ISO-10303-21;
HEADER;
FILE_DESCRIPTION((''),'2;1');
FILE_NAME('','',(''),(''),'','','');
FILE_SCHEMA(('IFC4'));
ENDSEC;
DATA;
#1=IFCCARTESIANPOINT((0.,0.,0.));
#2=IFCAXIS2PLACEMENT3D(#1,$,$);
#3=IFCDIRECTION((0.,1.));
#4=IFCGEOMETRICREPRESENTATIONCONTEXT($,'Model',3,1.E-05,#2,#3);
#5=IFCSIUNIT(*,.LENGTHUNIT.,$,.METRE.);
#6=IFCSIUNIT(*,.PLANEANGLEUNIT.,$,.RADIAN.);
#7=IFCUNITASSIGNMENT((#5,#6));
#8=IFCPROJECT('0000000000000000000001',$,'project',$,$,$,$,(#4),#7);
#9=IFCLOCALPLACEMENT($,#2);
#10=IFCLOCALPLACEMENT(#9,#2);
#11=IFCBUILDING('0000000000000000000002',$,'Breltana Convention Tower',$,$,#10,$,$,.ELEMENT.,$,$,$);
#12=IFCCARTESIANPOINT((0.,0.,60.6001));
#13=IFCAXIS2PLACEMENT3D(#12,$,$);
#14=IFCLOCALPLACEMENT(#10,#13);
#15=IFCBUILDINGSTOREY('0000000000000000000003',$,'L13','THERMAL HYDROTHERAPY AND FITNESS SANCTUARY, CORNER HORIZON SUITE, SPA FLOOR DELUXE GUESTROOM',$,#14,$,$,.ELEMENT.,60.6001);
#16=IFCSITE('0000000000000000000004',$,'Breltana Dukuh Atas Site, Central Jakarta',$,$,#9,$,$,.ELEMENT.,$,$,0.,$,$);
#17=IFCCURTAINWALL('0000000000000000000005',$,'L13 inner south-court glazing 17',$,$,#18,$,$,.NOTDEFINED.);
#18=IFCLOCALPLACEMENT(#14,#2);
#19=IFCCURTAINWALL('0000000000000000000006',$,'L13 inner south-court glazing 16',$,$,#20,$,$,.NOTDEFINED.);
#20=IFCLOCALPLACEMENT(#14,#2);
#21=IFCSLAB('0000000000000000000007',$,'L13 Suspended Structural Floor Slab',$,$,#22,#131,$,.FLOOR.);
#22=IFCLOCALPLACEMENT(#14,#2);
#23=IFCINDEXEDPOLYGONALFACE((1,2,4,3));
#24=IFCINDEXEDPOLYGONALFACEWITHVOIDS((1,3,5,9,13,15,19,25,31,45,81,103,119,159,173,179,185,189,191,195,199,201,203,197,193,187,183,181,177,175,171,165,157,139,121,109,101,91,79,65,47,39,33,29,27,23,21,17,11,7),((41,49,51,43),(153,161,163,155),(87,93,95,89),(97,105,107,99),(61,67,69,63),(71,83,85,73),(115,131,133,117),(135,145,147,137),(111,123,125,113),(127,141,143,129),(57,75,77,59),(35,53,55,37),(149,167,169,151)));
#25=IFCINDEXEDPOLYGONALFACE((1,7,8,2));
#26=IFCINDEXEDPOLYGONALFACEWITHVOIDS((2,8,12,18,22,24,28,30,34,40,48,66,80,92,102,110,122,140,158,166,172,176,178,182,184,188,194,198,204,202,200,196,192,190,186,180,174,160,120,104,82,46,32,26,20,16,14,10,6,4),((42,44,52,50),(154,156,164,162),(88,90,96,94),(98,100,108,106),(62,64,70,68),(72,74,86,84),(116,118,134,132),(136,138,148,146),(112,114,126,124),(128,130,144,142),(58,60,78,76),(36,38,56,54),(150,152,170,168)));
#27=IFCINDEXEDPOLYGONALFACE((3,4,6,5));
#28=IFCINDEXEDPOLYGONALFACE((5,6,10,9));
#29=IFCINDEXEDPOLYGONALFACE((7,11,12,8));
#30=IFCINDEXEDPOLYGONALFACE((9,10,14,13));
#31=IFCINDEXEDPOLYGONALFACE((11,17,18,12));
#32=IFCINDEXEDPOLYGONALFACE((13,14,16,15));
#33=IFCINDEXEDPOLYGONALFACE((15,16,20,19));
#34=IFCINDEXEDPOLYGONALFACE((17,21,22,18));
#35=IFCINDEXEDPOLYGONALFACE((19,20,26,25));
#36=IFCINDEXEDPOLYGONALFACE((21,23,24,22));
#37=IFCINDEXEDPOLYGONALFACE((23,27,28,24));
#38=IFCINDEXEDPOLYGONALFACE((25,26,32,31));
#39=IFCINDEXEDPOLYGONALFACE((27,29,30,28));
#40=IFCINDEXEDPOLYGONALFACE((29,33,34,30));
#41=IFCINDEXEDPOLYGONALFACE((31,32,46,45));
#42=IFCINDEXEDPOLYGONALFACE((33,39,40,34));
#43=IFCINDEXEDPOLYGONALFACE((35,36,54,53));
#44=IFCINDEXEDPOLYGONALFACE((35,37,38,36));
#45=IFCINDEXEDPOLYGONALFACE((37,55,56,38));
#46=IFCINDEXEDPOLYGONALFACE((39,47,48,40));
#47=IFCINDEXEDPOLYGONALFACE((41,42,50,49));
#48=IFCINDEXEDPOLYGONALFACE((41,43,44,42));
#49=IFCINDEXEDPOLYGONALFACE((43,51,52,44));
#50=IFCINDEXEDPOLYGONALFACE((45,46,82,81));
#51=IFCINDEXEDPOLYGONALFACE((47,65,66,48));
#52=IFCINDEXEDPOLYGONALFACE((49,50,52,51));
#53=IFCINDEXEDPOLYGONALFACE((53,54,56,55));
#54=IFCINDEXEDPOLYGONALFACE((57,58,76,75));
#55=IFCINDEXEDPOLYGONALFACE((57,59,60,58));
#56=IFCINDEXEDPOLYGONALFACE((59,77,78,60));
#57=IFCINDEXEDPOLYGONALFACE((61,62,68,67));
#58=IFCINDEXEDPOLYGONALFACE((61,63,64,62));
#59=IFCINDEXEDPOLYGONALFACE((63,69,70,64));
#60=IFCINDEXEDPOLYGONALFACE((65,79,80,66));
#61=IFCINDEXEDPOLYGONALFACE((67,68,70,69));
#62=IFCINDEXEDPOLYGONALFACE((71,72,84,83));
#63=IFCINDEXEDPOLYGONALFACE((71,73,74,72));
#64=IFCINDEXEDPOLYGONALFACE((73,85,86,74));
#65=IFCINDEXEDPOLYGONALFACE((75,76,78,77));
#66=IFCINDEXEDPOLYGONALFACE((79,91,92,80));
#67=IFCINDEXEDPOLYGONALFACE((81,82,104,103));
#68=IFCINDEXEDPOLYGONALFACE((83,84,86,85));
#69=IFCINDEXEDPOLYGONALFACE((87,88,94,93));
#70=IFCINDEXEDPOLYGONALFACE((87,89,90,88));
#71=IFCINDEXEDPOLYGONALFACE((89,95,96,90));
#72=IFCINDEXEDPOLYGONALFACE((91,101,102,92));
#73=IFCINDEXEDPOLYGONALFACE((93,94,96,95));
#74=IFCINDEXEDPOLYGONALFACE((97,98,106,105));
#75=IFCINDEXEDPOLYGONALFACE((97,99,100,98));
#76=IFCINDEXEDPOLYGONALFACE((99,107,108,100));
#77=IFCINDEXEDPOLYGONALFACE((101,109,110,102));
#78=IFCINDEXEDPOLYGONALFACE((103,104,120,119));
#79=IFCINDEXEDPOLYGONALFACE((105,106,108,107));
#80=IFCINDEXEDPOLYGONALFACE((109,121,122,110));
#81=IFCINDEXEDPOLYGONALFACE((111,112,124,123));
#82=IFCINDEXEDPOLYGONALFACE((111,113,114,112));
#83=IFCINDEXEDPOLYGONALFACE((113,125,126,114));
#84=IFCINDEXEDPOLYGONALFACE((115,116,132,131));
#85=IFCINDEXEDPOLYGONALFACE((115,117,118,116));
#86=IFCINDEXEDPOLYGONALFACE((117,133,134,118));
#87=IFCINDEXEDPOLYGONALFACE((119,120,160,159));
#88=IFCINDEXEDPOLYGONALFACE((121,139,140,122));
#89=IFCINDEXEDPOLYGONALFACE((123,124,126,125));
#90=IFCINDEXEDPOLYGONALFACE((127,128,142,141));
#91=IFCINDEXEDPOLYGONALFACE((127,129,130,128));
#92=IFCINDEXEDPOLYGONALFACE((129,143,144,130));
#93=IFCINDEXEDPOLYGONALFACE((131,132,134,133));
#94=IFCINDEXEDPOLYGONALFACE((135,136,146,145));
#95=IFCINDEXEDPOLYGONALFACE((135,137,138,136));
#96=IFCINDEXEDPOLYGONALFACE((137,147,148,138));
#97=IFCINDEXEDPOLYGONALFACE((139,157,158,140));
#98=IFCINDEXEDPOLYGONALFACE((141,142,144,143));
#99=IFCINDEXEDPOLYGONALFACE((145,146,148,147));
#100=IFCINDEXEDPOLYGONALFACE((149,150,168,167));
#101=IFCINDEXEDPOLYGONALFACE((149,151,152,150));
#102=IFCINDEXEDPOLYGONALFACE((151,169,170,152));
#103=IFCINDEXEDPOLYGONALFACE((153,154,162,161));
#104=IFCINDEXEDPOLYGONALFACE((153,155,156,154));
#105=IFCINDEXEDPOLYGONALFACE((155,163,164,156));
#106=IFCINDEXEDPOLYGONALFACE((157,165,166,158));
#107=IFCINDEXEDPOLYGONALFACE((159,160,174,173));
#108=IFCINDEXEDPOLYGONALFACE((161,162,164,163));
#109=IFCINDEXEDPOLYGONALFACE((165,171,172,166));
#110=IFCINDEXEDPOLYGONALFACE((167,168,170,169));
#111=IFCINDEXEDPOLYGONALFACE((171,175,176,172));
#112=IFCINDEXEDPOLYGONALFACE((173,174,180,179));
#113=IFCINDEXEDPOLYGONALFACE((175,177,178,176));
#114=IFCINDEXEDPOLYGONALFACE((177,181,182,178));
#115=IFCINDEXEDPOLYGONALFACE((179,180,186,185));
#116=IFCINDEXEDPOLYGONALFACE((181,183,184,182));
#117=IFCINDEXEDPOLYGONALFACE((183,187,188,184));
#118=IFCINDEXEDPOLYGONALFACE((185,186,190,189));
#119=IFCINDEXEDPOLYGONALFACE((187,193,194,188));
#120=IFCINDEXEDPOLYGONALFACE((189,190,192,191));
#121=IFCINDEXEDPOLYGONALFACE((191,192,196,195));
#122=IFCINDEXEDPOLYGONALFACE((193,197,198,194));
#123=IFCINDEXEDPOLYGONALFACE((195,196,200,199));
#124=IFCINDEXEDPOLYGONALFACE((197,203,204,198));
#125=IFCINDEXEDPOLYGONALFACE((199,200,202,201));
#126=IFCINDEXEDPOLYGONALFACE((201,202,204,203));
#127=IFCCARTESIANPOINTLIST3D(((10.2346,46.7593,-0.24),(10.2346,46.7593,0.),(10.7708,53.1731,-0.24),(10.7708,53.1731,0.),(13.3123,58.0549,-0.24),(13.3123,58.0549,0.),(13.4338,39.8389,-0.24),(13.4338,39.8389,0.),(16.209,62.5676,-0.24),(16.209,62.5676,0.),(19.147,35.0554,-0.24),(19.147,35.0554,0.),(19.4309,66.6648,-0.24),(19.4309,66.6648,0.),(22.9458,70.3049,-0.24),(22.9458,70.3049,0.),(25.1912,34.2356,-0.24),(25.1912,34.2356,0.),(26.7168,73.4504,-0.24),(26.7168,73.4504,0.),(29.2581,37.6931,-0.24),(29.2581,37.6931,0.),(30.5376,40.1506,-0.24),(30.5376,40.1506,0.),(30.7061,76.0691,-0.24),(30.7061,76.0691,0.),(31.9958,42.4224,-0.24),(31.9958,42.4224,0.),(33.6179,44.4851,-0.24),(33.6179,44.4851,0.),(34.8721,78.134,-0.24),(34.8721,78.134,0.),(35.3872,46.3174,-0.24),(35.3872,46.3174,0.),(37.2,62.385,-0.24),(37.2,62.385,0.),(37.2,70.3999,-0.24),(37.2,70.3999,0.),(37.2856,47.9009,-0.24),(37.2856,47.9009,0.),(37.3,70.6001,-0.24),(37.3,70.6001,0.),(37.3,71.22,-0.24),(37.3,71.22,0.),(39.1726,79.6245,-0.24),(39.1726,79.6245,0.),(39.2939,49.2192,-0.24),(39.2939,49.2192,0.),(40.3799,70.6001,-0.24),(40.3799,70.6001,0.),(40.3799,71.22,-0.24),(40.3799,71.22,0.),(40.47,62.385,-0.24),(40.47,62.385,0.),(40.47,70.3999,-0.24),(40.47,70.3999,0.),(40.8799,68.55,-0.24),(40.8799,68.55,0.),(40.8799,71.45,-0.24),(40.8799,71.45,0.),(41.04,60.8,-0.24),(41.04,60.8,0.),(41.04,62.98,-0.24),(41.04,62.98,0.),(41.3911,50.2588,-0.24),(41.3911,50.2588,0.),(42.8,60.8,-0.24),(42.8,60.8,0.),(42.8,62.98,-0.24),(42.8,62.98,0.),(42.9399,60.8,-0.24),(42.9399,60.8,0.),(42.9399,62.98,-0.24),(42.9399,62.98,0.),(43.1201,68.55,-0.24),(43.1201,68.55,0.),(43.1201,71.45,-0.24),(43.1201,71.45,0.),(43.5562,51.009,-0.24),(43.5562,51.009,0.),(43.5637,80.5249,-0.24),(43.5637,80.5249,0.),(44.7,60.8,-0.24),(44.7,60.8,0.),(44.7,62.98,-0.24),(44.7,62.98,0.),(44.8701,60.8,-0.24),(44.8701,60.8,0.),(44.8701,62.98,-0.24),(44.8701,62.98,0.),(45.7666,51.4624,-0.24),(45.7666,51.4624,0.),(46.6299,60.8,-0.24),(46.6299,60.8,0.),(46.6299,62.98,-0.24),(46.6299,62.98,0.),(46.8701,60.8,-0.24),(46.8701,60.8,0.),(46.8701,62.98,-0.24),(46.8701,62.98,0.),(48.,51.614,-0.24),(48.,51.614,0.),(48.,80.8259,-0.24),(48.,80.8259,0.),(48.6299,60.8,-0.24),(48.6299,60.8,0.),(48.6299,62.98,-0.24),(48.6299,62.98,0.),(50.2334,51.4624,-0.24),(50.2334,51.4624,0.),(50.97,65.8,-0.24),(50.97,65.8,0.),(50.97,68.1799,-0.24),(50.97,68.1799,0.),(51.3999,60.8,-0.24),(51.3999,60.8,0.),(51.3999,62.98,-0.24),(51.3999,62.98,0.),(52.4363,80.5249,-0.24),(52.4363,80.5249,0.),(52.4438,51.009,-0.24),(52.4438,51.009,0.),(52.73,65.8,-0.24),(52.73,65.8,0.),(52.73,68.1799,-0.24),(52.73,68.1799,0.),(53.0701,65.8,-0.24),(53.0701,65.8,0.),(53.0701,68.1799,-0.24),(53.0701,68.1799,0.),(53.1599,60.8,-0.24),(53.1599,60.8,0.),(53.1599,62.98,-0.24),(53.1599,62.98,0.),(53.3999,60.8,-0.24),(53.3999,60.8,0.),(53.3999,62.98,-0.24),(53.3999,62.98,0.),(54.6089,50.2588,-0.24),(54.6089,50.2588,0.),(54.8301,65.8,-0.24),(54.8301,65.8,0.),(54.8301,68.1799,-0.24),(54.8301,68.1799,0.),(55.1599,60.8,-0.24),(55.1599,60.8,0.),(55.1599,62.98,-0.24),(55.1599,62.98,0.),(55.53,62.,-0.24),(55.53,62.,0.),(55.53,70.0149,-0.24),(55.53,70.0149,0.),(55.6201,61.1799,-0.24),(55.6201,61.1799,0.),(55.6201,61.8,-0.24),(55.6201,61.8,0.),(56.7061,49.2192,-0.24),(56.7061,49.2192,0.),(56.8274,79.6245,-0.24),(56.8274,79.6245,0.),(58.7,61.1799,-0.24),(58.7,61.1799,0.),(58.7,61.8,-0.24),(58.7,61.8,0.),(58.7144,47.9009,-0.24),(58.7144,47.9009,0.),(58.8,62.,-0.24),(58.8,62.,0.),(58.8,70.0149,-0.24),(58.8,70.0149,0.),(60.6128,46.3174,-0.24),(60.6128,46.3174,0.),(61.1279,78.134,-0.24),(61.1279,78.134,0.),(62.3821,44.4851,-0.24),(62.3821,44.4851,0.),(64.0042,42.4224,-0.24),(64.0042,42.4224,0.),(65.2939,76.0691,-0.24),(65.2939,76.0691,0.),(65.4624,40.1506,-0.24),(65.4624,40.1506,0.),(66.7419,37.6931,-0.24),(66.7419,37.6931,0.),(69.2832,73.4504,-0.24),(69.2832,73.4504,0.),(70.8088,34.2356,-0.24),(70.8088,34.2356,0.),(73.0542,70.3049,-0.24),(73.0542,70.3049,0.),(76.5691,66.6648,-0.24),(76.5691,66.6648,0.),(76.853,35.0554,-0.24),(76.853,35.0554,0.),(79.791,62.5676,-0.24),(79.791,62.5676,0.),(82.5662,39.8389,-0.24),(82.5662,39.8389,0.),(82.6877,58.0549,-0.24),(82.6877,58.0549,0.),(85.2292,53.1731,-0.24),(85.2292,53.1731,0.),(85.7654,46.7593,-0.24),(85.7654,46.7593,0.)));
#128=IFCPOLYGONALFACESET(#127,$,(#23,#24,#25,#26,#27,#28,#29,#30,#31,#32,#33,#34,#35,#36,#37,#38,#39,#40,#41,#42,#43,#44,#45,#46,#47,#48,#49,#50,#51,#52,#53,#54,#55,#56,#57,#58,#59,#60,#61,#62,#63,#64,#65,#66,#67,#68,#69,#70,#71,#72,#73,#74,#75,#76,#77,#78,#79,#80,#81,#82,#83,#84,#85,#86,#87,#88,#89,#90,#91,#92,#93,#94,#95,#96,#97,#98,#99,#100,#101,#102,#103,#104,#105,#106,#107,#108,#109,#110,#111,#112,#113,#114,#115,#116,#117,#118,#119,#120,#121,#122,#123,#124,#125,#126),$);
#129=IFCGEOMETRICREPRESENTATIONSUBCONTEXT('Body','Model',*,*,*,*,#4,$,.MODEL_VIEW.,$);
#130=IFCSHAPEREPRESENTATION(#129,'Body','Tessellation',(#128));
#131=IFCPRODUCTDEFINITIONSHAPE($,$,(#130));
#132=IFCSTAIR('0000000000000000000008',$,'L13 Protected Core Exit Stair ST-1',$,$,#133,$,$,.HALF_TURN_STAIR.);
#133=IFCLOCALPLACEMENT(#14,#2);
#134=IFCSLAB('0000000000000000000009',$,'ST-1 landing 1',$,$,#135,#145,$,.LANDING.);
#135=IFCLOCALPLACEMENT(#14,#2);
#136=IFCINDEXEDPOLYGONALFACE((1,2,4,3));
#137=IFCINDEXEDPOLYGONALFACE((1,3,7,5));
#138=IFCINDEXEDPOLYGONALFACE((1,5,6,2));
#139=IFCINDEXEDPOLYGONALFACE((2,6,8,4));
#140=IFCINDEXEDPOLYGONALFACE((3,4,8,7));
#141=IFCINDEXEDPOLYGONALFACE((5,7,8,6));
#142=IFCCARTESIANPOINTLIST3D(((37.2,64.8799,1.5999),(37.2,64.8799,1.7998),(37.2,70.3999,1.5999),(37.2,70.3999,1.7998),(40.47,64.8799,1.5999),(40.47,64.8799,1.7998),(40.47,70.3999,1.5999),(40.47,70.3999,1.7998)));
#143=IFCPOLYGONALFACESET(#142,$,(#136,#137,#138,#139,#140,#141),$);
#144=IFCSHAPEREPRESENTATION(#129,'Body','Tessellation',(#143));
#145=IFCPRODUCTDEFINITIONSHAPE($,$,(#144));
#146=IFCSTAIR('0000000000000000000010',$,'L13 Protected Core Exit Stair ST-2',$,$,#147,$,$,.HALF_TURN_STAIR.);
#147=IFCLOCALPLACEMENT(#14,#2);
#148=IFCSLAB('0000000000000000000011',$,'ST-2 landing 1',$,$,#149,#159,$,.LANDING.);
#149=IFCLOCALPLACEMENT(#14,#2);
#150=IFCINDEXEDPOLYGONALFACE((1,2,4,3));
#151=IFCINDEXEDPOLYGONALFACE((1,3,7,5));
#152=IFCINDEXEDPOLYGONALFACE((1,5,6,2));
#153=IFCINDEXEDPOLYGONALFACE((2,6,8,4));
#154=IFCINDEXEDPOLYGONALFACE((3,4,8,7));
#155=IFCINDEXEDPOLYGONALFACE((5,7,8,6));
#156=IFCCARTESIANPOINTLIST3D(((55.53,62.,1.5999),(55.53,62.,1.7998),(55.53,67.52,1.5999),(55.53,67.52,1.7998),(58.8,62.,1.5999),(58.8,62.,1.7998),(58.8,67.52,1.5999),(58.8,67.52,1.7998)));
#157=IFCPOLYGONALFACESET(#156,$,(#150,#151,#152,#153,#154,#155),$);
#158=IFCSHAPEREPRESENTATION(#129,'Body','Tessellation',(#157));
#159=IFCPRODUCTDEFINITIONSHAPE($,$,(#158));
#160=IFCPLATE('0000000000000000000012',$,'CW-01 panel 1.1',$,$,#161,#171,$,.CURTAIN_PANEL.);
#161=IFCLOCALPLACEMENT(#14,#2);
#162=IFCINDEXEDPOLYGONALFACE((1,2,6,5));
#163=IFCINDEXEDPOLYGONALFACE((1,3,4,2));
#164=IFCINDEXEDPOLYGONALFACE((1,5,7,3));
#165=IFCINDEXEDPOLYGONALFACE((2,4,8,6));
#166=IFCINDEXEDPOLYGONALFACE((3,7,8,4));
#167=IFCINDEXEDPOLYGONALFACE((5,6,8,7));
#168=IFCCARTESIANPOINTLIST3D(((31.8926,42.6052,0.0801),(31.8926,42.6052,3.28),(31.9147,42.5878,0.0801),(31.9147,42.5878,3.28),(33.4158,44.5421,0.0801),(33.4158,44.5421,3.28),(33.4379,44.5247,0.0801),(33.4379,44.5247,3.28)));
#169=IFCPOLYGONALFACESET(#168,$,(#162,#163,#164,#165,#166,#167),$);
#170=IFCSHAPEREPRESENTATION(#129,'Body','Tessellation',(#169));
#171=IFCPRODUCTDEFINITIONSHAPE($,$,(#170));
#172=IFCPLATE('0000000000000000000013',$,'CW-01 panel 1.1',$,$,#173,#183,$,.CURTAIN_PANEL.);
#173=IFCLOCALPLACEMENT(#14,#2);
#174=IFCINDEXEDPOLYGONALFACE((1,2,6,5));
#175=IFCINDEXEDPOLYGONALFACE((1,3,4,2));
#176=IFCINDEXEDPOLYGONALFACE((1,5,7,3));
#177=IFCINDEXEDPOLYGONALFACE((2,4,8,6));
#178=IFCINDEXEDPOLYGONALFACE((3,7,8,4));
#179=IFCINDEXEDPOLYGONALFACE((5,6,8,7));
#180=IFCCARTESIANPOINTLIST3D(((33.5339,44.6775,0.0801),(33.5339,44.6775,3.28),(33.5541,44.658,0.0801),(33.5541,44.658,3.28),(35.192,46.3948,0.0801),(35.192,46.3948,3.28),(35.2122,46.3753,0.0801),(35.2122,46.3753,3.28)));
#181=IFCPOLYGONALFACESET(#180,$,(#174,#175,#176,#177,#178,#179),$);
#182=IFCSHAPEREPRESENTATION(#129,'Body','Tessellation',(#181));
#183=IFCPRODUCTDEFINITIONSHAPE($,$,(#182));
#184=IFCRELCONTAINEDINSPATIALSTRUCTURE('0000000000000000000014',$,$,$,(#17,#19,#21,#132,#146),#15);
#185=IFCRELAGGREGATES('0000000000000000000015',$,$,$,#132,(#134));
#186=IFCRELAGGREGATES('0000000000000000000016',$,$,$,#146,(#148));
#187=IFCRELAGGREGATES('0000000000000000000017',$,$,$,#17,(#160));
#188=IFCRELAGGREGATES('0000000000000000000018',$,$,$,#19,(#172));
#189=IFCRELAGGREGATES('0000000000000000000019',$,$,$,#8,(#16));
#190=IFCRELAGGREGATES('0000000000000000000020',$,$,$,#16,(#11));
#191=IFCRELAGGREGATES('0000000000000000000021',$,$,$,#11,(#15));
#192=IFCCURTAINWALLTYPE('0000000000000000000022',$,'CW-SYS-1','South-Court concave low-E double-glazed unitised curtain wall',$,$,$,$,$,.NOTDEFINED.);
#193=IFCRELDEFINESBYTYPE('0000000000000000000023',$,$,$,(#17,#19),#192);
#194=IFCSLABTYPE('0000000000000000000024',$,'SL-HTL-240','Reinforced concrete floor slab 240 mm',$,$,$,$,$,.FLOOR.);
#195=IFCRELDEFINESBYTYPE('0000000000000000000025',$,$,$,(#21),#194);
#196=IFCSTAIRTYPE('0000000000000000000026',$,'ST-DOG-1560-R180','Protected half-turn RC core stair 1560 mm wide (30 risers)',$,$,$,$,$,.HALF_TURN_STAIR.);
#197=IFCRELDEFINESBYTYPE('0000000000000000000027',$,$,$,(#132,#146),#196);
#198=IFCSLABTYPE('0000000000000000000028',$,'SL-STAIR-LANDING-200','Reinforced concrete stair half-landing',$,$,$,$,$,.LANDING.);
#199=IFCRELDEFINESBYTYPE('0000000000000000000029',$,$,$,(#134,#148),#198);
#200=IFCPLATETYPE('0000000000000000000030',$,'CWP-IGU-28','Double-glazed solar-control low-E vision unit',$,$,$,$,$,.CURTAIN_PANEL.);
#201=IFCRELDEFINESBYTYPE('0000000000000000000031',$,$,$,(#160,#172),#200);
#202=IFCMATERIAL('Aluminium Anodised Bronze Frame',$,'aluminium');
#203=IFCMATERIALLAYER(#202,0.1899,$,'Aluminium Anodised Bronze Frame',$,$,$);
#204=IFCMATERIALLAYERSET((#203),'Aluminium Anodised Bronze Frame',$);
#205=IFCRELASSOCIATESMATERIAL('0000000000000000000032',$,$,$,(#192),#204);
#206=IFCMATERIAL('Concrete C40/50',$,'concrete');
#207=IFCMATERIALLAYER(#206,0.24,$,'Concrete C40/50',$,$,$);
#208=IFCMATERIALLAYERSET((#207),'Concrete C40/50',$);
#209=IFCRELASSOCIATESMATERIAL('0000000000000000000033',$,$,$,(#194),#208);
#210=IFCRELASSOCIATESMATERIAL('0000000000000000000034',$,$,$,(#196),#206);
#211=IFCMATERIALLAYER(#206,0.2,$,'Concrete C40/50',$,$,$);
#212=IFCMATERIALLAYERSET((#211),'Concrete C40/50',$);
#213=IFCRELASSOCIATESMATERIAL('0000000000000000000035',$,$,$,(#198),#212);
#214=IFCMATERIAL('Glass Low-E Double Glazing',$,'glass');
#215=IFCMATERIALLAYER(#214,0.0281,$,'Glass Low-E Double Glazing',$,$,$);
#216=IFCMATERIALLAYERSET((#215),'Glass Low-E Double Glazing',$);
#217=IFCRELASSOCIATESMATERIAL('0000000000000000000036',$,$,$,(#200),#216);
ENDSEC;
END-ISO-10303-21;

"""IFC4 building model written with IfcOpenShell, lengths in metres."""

from ifc_helpers import new_model, si_unit, direction, frame, origin, origin_2d, place, context, subcontext, project, spatial, polyline, rectangle, outline, extrude, source, transform, mapped, material, layer, layer_set, type_object, element, aggregate, save


model = new_model("IFC4")

# Units and contexts
model_context = context("Model", 3, precision=1e-05, world=origin(), true_north=direction((0.0, 1.0)))
body_context = subcontext(model_context, "Body", "Model", "MODEL_VIEW")
ifc_project = project(units=[si_unit("LENGTHUNIT", "METRE"), si_unit("PLANEANGLEUNIT", "RADIAN")], contexts=[model_context])

# Site, building, storey
site_placement = place(None, origin())
site = spatial("IfcSite", under=ifc_project, at=site_placement, Name="Breltana Dukuh Atas Site, Central Jakarta", CompositionType="ELEMENT", RefElevation=0.0)
building_placement = place(site_placement, origin())
building = spatial("IfcBuilding", under=site, at=building_placement, Name="Breltana Convention Tower", CompositionType="ELEMENT")
storey_placement = place(building_placement, frame((0.0, 0.0, 60.6001)))
storey = spatial("IfcBuildingStorey", under=building, at=storey_placement, Name="L13", Description="THERMAL HYDROTHERAPY AND FITNESS SANCTUARY, CORNER HORIZON SUITE, SPA FLOOR DELUXE GUESTROOM", CompositionType="ELEMENT", Elevation=60.6001)

# Curtain wall
ifc_material_1 = material(Name="Aluminium Anodised Bronze Frame", Category="aluminium")
ifc_layer_1 = layer(ifc_material_1, 0.1899, Name="Aluminium Anodised Bronze Frame")
ifc_layer_set_1 = layer_set([ifc_layer_1], Name="Aluminium Anodised Bronze Frame")
curtain_wall_type = type_object("IfcCurtainWallType", Name="CW-SYS-1", Description="South-Court concave low-E double-glazed unitised curtain wall", PredefinedType="NOTDEFINED", material=ifc_layer_set_1)
curtain_wall_1_placement = place(storey_placement, origin())
curtain_wall_1 = element("IfcCurtainWall", 1, at=curtain_wall_1_placement, inside=storey, type_object=curtain_wall_type, Name="L13 inner south-court glazing 17", PredefinedType="NOTDEFINED")

# Curtain wall
curtain_wall_2_placement = place(storey_placement, origin())
curtain_wall_2 = element("IfcCurtainWall", 2, at=curtain_wall_2_placement, inside=storey, type_object=curtain_wall_type, Name="L13 inner south-court glazing 16", PredefinedType="NOTDEFINED")

# Slab
ifc_material_2 = material(Name="Concrete C40/50", Category="concrete")
ifc_layer_2 = layer(ifc_material_2, 0.24, Name="Concrete C40/50")
ifc_layer_set_2 = layer_set([ifc_layer_2], Name="Concrete C40/50")
slab_type_1 = type_object("IfcSlabType", Name="SL-HTL-240", Description="Reinforced concrete floor slab 240 mm", PredefinedType="FLOOR", material=ifc_layer_set_2)
slab_1_placement = place(storey_placement, frame((0.0, 0.0, -0.24)))
element("IfcSlab", 3, at=slab_1_placement, inside=storey, type_object=slab_type_1, Name="L13 Suspended Structural Floor Slab", PredefinedType="FLOOR", context=body_context, shape_type="SweptSolid", body=[
    extrude(outline(polyline([(85.2292, 53.1731), (82.6877, 58.0549), (79.791, 62.5676), (76.5691, 66.6648), (73.0542, 70.3049), (69.2832, 73.4504), (65.2939, 76.0691), (61.1279, 78.134), (56.8274, 79.6245), (52.4363, 80.5249), (48.0, 80.8259), (43.5637, 80.5249), (39.1726, 79.6245), (34.8721, 78.134), (30.7061, 76.0691), (26.7168, 73.4504), (22.9458, 70.3049), (19.4309, 66.6648), (16.209, 62.5676), (13.3123, 58.0549), (10.7708, 53.1731), (10.2346, 46.7593), (13.4338, 39.8389), (19.147, 35.0554), (25.1912, 34.2356), (29.2581, 37.6931), (30.5376, 40.1506), (31.9958, 42.4224), (33.6179, 44.4851), (35.3872, 46.3174), (37.2856, 47.9009), (39.2939, 49.2192), (41.3911, 50.2588), (43.5562, 51.009), (45.7666, 51.4624), (48.0, 51.614), (50.2334, 51.4624), (52.4438, 51.009), (54.6089, 50.2588), (56.7061, 49.2192), (58.7144, 47.9009), (60.6128, 46.3174), (62.3821, 44.4851), (64.0042, 42.4224), (65.4624, 40.1506), (66.7419, 37.6931), (70.8088, 34.2356), (76.853, 35.0554), (82.5662, 39.8389), (85.7654, 46.7593), (85.2292, 53.1731)]), holes=[polyline([(37.2, 62.385), (40.47, 62.385), (40.47, 70.3999), (37.2, 70.3999), (37.2, 62.385)]), polyline([(55.53, 62.0), (58.8, 62.0), (58.8, 70.0149), (55.53, 70.0149), (55.53, 62.0)]), polyline([(41.04, 60.8), (42.8, 60.8), (42.8, 62.98), (41.04, 62.98), (41.04, 60.8)]), polyline([(42.9399, 60.8), (44.7, 60.8), (44.7, 62.98), (42.9399, 62.98), (42.9399, 60.8)]), polyline([(44.8701, 60.8), (46.6299, 60.8), (46.6299, 62.98), (44.8701, 62.98), (44.8701, 60.8)]), polyline([(46.8701, 60.8), (48.6299, 60.8), (48.6299, 62.98), (46.8701, 62.98), (46.8701, 60.8)]), polyline([(51.3999, 60.8), (53.1599, 60.8), (53.1599, 62.98), (51.3999, 62.98), (51.3999, 60.8)]), polyline([(53.3999, 60.8), (55.1599, 60.8), (55.1599, 62.98), (53.3999, 62.98), (53.3999, 60.8)]), polyline([(50.97, 65.8), (52.73, 65.8), (52.73, 68.1799), (50.97, 68.1799), (50.97, 65.8)]), polyline([(53.0701, 65.8), (54.8301, 65.8), (54.8301, 68.1799), (53.0701, 68.1799), (53.0701, 65.8)]), polyline([(40.8799, 68.55), (43.1201, 68.55), (43.1201, 71.45), (40.8799, 71.45), (40.8799, 68.55)]), polyline([(37.3, 70.6001), (40.3799, 70.6001), (40.3799, 71.22), (37.3, 71.22), (37.3, 70.6001)]), polyline([(55.6201, 61.1799), (58.7, 61.1799), (58.7, 61.8), (55.6201, 61.8), (55.6201, 61.1799)])]), origin(), (0.0, 0.0, 1.0), 0.24),
])

# Stairs, slabs
stair_type = type_object("IfcStairType", Name="ST-DOG-1560-R180", Description="Protected half-turn RC core stair 1560 mm wide (30 risers)", PredefinedType="HALF_TURN_STAIR", material=ifc_material_2)
stair_1_placement = place(storey_placement, origin())
stair_1 = element("IfcStair", 4, at=stair_1_placement, inside=storey, type_object=stair_type, Name="L13 Protected Core Exit Stair ST-1", PredefinedType="HALF_TURN_STAIR")
ifc_layer_3 = layer(ifc_material_2, 0.2, Name="Concrete C40/50")
ifc_layer_set_3 = layer_set([ifc_layer_3], Name="Concrete C40/50")
slab_type_2 = type_object("IfcSlabType", Name="SL-STAIR-LANDING-200", Description="Reinforced concrete stair half-landing", PredefinedType="LANDING", material=ifc_layer_set_3)
slab_2_placement = place(storey_placement, frame((0.0, 0.0, 1.5999)))
slab_2 = element("IfcSlab", 5, at=slab_2_placement, type_object=slab_type_2, Name="ST-1 landing 1", PredefinedType="LANDING", context=body_context, shape_type="SweptSolid", body=[
    extrude(outline(polyline([(40.47, 64.8799), (40.47, 70.3999), (37.2, 70.3999), (37.2, 64.8799), (40.47, 64.8799)])), origin(), (0.0, 0.0, 1.0), 0.2),
])
aggregate(stair_1, [slab_2])
stair_2_placement = place(storey_placement, origin())
stair_2 = element("IfcStair", 6, at=stair_2_placement, inside=storey, type_object=stair_type, Name="L13 Protected Core Exit Stair ST-2", PredefinedType="HALF_TURN_STAIR")
slab_3_placement = place(storey_placement, frame((0.0, 0.0, 1.5999)))
slab_3 = element("IfcSlab", 7, at=slab_3_placement, type_object=slab_type_2, Name="ST-2 landing 1", PredefinedType="LANDING", context=body_context, shape_type="SweptSolid", body=[
    extrude(outline(polyline([(55.53, 67.52), (55.53, 62.0), (58.8, 62.0), (58.8, 67.52), (55.53, 67.52)])), origin(), (0.0, 0.0, 1.0), 0.2),
])
aggregate(stair_2, [slab_3])

# Plates
ifc_material_3 = material(Name="Glass Low-E Double Glazing", Category="glass")
ifc_layer_4 = layer(ifc_material_3, 0.0281, Name="Glass Low-E Double Glazing")
ifc_layer_set_4 = layer_set([ifc_layer_4], Name="Glass Low-E Double Glazing")
plate_type = type_object("IfcPlateType", Name="CWP-IGU-28", Description="Double-glazed solar-control low-E vision unit", PredefinedType="CURTAIN_PANEL", material=ifc_layer_set_4)
shared_shape_1 = source(origin(), body_context, "Body", "SweptSolid", [
    extrude(rectangle(XDim=2.4641, YDim=0.0281, at=origin_2d()), origin(), (0.0, 0.0, 1.0), 3.2),
])
plate_1_placement = place(storey_placement, frame((32.6653, 43.5649, 0.0801), z_axis=(0.0, 0.0, 1.0), x_axis=(-0.618153, -0.786058, 0.0)))
plate_1 = element("IfcPlate", 8, at=plate_1_placement, type_object=plate_type, Name="CW-01 panel 1.1", PredefinedType="CURTAIN_PANEL", context=body_context, shape_type="MappedRepresentation", body=[
    mapped(shared_shape_1, transform((0.0, 0.0, 0.0), scale=1.0)),
])
aggregate(curtain_wall_1, [plate_1])
shared_shape_2 = source(origin(), body_context, "Body", "SweptSolid", [
    extrude(rectangle(XDim=2.3872, YDim=0.0281, at=origin_2d()), origin(), (0.0, 0.0, 1.0), 3.2),
])
plate_2_placement = place(storey_placement, frame((34.373, 45.5264, 0.0801), z_axis=(0.0, 0.0, 1.0), x_axis=(-0.694612, -0.719385, 0.0)))
plate_2 = element("IfcPlate", 9, at=plate_2_placement, type_object=plate_type, Name="CW-01 panel 1.1", PredefinedType="CURTAIN_PANEL", context=body_context, shape_type="MappedRepresentation", body=[
    mapped(shared_shape_2, transform((0.0, 0.0, 0.0), scale=1.0)),
])
aggregate(curtain_wall_2, [plate_2])

save(model, "model.ifc")
